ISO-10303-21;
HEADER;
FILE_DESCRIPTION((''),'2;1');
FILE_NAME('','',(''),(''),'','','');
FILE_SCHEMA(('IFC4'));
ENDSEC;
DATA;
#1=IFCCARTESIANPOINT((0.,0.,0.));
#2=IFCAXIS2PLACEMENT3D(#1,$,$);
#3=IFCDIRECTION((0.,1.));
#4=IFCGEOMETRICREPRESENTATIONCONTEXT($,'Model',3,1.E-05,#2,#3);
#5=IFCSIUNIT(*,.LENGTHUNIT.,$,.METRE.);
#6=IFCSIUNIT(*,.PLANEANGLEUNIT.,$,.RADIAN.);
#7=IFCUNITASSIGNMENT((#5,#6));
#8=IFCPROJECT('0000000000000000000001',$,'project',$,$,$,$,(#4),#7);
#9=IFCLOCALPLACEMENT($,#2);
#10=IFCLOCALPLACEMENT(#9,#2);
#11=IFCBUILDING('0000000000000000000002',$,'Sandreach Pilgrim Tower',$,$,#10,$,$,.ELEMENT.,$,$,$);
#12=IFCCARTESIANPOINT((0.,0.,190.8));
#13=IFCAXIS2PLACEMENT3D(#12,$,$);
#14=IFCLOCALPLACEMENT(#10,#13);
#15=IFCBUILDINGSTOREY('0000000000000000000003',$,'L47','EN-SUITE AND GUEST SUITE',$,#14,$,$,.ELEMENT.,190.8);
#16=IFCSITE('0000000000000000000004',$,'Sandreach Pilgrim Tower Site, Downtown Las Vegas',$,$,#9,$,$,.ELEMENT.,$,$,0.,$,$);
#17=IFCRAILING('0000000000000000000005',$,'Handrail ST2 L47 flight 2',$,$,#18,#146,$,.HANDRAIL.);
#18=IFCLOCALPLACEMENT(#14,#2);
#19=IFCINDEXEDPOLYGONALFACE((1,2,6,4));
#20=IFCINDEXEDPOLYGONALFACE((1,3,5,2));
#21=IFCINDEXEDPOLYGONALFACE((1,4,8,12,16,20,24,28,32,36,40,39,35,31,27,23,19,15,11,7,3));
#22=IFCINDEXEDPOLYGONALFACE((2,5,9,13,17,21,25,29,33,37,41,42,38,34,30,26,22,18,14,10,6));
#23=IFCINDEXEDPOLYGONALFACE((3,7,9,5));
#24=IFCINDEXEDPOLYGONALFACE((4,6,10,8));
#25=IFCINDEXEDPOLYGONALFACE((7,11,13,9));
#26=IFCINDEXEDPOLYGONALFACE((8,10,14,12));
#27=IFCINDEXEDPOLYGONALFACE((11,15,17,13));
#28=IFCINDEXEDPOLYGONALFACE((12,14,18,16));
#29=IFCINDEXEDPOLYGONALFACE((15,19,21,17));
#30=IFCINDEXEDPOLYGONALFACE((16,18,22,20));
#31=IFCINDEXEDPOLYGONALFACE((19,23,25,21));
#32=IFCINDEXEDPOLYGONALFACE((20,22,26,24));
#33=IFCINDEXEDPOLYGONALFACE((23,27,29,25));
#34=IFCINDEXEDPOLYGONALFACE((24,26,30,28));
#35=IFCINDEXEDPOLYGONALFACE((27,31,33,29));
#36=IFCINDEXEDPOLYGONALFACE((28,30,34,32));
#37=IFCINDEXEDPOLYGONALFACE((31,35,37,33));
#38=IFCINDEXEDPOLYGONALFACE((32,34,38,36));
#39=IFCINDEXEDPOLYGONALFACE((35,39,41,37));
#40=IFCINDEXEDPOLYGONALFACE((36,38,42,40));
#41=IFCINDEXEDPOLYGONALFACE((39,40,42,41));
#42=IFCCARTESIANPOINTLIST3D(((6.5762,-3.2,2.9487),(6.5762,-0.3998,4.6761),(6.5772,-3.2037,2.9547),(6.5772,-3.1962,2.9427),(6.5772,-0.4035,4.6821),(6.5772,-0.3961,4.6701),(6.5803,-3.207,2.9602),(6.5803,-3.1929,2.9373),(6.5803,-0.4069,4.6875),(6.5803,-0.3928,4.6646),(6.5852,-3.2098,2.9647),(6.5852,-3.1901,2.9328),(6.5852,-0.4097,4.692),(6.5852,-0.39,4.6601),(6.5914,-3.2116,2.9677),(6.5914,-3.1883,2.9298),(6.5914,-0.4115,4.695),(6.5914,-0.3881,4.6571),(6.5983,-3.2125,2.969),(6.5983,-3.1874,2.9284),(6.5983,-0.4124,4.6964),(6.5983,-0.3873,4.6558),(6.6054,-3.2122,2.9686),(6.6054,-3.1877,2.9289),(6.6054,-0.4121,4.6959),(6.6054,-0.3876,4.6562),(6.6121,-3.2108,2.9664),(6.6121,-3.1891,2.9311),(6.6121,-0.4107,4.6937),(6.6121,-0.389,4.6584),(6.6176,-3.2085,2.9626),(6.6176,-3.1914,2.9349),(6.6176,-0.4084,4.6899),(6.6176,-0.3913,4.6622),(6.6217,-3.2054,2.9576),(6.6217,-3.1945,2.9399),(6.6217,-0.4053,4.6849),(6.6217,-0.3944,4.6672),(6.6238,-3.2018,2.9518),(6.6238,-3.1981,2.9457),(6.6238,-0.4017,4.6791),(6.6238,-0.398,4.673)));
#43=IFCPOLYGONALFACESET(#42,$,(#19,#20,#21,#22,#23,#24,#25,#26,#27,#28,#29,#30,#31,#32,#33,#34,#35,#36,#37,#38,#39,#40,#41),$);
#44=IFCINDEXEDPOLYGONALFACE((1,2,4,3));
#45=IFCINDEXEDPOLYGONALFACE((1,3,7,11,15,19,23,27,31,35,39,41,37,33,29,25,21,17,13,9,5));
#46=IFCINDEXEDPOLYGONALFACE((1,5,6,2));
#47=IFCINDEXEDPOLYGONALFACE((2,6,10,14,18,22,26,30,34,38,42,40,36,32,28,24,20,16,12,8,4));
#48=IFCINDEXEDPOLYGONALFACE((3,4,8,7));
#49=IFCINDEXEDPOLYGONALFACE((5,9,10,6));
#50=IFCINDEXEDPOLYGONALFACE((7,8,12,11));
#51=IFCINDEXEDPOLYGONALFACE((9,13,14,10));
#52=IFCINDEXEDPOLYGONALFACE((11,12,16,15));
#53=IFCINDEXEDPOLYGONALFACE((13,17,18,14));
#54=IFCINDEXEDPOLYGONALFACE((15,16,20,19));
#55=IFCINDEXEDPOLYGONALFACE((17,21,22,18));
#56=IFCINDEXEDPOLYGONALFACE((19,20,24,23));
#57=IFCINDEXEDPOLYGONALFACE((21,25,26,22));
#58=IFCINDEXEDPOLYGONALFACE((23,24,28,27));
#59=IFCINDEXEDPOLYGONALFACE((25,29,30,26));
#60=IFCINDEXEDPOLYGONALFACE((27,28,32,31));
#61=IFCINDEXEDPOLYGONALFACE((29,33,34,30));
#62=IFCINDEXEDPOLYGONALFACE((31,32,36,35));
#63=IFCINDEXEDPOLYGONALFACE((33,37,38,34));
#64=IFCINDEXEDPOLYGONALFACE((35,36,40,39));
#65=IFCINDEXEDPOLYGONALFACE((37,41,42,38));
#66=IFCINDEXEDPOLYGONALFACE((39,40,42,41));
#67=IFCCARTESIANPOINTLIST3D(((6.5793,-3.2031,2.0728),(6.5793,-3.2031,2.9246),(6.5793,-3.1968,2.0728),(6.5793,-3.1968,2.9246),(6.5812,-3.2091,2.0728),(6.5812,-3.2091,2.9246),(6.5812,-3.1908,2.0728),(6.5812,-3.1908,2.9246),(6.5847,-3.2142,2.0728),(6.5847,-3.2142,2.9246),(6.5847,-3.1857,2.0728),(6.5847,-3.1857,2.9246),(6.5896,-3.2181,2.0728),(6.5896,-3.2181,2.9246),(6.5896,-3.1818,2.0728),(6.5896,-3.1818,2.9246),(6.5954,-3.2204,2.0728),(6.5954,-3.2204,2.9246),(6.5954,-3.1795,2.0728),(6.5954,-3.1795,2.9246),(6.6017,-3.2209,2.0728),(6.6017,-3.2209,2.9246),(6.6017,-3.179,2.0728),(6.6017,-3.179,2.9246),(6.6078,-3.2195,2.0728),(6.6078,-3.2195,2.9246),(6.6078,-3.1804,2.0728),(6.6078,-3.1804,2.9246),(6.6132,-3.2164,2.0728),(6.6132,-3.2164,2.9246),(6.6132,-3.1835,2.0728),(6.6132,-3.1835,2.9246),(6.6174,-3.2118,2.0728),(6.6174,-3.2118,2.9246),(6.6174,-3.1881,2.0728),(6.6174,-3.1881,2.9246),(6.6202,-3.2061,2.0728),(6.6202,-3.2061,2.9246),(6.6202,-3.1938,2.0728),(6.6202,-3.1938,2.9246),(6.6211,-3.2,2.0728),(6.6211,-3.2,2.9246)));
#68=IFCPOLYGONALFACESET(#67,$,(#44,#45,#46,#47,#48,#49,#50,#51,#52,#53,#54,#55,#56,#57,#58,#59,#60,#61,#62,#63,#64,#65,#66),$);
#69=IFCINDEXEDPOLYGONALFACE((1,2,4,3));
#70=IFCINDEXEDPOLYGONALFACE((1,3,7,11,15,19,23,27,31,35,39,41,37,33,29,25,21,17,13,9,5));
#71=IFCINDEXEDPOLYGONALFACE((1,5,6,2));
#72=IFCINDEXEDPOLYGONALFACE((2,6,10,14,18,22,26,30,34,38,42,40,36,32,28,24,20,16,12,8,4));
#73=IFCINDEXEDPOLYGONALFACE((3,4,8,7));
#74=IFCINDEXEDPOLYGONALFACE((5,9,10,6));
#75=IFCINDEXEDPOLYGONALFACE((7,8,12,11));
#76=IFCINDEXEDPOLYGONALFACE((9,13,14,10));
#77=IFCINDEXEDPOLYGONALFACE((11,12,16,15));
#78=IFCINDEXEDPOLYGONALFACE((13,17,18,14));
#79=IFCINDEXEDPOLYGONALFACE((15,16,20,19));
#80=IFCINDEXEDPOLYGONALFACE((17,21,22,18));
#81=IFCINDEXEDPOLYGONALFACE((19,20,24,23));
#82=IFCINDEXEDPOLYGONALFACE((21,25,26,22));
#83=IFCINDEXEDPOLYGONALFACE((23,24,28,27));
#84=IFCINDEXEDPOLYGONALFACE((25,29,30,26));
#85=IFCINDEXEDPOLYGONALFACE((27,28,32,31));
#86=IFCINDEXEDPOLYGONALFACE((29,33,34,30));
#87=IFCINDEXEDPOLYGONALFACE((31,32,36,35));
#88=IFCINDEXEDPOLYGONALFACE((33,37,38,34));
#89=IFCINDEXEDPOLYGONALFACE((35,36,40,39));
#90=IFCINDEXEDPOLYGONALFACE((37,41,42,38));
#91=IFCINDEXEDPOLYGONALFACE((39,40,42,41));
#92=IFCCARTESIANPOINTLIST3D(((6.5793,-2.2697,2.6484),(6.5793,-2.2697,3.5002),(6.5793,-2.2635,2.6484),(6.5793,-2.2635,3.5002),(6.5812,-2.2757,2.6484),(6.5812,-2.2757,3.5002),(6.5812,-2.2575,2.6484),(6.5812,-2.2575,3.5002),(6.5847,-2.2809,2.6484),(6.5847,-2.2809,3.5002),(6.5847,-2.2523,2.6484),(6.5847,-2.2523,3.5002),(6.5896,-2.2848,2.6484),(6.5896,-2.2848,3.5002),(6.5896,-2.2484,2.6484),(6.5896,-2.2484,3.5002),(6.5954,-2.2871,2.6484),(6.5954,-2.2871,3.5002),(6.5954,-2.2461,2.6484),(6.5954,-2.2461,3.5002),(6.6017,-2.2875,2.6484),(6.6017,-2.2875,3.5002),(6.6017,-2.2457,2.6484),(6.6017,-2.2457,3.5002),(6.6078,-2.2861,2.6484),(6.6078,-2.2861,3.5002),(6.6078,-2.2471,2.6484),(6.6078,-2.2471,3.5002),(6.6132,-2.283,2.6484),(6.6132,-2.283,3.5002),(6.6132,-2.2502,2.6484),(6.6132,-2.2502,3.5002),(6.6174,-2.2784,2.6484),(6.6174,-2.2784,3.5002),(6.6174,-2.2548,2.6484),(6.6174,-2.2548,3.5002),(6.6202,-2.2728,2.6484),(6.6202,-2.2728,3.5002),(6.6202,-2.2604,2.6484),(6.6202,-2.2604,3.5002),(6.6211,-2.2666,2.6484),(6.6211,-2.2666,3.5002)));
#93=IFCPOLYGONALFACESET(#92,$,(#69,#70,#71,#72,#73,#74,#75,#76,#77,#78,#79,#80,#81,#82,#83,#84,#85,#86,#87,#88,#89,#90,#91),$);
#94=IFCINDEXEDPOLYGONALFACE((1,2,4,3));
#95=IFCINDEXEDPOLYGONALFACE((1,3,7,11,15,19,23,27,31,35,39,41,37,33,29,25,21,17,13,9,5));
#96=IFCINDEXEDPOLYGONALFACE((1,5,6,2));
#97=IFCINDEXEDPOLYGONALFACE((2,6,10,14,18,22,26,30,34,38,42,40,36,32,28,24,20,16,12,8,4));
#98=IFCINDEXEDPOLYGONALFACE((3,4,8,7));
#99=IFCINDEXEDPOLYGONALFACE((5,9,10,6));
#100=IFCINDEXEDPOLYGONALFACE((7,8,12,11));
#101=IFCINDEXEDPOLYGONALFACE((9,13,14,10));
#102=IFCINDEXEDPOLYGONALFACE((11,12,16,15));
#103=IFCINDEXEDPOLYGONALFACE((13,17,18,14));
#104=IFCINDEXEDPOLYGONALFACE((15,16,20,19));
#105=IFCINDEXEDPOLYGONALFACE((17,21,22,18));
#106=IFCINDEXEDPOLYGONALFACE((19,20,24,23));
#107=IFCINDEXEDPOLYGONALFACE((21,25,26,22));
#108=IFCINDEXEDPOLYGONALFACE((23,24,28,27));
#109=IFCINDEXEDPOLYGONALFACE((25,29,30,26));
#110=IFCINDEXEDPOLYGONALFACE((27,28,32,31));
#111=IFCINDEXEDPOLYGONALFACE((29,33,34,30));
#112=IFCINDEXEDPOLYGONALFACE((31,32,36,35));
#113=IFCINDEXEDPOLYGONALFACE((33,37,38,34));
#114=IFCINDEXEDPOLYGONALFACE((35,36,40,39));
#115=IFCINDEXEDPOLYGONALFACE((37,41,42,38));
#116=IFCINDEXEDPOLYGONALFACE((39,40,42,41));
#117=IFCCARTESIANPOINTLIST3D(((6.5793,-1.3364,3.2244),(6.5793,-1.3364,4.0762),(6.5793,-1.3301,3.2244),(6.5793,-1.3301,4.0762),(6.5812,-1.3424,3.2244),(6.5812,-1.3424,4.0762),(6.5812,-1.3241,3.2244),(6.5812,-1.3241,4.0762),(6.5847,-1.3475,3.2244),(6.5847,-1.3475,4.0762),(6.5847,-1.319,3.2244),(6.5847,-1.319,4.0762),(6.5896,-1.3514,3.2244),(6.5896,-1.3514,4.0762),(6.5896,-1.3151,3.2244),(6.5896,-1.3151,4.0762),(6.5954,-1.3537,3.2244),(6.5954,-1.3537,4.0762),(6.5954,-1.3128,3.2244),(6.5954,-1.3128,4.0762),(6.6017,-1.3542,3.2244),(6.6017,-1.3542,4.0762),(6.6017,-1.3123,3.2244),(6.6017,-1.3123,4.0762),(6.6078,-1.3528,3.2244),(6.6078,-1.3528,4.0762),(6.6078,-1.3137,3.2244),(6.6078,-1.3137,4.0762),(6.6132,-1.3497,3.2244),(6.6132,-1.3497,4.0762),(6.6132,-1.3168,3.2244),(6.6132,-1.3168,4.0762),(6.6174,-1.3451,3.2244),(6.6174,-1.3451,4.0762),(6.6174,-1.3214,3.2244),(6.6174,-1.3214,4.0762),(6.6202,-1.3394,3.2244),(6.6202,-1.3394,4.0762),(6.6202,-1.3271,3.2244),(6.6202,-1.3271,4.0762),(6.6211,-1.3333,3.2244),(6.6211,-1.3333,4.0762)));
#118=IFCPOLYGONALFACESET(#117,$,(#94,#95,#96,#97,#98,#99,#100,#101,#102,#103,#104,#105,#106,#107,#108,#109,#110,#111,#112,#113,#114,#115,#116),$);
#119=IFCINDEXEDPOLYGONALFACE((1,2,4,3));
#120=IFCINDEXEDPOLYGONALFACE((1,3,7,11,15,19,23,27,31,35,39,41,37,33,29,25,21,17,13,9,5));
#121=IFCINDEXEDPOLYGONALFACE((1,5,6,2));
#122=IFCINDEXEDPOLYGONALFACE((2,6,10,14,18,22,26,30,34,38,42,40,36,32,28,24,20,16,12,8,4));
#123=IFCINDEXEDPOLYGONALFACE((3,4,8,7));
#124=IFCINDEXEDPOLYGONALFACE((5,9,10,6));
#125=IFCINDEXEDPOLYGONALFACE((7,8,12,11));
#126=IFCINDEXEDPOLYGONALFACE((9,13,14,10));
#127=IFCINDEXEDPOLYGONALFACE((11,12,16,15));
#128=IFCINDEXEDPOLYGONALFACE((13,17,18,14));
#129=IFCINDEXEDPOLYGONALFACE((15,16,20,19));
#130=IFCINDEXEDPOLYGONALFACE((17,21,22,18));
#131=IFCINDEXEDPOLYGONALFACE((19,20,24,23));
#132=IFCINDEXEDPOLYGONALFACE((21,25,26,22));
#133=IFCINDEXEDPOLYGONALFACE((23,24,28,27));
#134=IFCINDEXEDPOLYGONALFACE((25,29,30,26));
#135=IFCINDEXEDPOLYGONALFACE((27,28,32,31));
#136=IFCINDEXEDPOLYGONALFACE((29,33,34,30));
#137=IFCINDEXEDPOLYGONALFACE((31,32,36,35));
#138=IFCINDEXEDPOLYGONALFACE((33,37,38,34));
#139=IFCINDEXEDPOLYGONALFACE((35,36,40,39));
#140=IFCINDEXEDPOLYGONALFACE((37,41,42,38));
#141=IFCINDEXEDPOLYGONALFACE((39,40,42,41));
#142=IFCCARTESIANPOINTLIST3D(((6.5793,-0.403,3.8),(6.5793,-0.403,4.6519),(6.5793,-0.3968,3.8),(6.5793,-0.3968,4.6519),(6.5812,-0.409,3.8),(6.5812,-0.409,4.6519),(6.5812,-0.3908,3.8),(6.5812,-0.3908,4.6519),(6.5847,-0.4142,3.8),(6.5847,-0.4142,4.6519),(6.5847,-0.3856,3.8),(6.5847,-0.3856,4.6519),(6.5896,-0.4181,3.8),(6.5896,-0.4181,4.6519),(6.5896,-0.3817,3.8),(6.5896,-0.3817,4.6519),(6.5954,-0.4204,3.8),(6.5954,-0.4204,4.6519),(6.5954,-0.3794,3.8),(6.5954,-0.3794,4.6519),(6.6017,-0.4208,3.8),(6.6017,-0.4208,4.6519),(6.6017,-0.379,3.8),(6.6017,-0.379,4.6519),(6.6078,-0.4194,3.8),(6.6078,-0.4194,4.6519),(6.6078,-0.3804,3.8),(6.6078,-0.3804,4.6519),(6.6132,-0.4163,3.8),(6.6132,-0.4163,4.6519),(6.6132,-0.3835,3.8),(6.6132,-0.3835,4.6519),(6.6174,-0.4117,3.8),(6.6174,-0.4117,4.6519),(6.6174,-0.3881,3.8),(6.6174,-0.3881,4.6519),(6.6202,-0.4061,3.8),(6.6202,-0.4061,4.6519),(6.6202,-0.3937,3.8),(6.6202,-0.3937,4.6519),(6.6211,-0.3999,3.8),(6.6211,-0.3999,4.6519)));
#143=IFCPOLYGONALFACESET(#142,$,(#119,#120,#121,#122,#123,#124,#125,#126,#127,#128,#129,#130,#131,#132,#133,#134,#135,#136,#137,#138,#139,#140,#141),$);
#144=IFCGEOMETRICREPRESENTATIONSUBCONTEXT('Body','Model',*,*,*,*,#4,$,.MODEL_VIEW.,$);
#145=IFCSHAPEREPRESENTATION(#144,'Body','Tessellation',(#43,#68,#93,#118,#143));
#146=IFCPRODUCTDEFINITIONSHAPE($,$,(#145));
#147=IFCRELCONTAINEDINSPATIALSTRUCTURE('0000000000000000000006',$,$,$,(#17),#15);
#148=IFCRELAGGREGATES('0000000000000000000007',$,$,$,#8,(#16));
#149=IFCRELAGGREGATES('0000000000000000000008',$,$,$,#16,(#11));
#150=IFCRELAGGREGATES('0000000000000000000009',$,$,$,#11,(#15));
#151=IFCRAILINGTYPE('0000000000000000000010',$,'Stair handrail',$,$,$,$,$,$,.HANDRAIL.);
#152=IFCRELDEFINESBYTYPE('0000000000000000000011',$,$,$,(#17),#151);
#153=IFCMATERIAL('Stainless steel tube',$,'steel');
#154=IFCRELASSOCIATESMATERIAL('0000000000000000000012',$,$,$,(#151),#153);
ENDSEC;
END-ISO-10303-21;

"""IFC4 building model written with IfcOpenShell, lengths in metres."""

from ifc_helpers import new_model, si_unit, direction, frame, origin, origin_2d, place, context, subcontext, project, spatial, circle, extrude, material, type_object, element, save


model = new_model("IFC4")

# Units and contexts
model_context = context("Model", 3, precision=1e-05, world=origin(), true_north=direction((0.0, 1.0)))
body_context = subcontext(model_context, "Body", "Model", "MODEL_VIEW")
ifc_project = project(units=[si_unit("LENGTHUNIT", "METRE"), si_unit("PLANEANGLEUNIT", "RADIAN")], contexts=[model_context])

# Site, building, storey
site_placement = place(None, origin())
site = spatial("IfcSite", under=ifc_project, at=site_placement, Name="Sandreach Pilgrim Tower Site, Downtown Las Vegas", CompositionType="ELEMENT", RefElevation=0.0)
building_placement = place(site_placement, origin())
building = spatial("IfcBuilding", under=site, at=building_placement, Name="Sandreach Pilgrim Tower", CompositionType="ELEMENT")
storey_placement = place(building_placement, frame((0.0, 0.0, 190.8)))
storey = spatial("IfcBuildingStorey", under=building, at=storey_placement, Name="L47", Description="EN-SUITE AND GUEST SUITE", CompositionType="ELEMENT", Elevation=190.8)

# Railing
ifc_material_1 = material(Name="Stainless steel tube", Category="steel")
railing_type = type_object("IfcRailingType", Name="Stair handrail", PredefinedType="HANDRAIL", material=ifc_material_1)
for number, where, name in (
    (1, (6.6001, -3.2, 2.0728), "Handrail ST2 L47 flight 2"),
):
    element("IfcRailing", number, at=place(storey_placement, frame(where)), inside=storey, type_object=railing_type, Name=name, PredefinedType="HANDRAIL", context=body_context, shape_type="SweptSolid", body=[
        extrude(circle(Radius=0.0239, at=origin_2d()), frame((0.0, 0.0, 0.876), z_axis=(0.0, 0.85109, 0.52502), x_axis=(-1.0, 0.0, 0.0)), (0.0, 0.0, 1.0), 3.29),
        extrude(circle(Radius=0.021, at=origin_2d()), origin(), (0.0, 0.0, 1.0), 0.8518),
        extrude(circle(Radius=0.021, at=origin_2d()), frame((0.0, 0.9333, 0.5757)), (0.0, 0.0, 1.0), 0.8518),
        extrude(circle(Radius=0.021, at=origin_2d()), frame((0.0, 1.8667, 1.1516)), (0.0, 0.0, 1.0), 0.8518),
        extrude(circle(Radius=0.021, at=origin_2d()), frame((0.0, 2.8, 1.7273)), (0.0, 0.0, 1.0), 0.8518),
    ])

save(model, "model.ifc")
